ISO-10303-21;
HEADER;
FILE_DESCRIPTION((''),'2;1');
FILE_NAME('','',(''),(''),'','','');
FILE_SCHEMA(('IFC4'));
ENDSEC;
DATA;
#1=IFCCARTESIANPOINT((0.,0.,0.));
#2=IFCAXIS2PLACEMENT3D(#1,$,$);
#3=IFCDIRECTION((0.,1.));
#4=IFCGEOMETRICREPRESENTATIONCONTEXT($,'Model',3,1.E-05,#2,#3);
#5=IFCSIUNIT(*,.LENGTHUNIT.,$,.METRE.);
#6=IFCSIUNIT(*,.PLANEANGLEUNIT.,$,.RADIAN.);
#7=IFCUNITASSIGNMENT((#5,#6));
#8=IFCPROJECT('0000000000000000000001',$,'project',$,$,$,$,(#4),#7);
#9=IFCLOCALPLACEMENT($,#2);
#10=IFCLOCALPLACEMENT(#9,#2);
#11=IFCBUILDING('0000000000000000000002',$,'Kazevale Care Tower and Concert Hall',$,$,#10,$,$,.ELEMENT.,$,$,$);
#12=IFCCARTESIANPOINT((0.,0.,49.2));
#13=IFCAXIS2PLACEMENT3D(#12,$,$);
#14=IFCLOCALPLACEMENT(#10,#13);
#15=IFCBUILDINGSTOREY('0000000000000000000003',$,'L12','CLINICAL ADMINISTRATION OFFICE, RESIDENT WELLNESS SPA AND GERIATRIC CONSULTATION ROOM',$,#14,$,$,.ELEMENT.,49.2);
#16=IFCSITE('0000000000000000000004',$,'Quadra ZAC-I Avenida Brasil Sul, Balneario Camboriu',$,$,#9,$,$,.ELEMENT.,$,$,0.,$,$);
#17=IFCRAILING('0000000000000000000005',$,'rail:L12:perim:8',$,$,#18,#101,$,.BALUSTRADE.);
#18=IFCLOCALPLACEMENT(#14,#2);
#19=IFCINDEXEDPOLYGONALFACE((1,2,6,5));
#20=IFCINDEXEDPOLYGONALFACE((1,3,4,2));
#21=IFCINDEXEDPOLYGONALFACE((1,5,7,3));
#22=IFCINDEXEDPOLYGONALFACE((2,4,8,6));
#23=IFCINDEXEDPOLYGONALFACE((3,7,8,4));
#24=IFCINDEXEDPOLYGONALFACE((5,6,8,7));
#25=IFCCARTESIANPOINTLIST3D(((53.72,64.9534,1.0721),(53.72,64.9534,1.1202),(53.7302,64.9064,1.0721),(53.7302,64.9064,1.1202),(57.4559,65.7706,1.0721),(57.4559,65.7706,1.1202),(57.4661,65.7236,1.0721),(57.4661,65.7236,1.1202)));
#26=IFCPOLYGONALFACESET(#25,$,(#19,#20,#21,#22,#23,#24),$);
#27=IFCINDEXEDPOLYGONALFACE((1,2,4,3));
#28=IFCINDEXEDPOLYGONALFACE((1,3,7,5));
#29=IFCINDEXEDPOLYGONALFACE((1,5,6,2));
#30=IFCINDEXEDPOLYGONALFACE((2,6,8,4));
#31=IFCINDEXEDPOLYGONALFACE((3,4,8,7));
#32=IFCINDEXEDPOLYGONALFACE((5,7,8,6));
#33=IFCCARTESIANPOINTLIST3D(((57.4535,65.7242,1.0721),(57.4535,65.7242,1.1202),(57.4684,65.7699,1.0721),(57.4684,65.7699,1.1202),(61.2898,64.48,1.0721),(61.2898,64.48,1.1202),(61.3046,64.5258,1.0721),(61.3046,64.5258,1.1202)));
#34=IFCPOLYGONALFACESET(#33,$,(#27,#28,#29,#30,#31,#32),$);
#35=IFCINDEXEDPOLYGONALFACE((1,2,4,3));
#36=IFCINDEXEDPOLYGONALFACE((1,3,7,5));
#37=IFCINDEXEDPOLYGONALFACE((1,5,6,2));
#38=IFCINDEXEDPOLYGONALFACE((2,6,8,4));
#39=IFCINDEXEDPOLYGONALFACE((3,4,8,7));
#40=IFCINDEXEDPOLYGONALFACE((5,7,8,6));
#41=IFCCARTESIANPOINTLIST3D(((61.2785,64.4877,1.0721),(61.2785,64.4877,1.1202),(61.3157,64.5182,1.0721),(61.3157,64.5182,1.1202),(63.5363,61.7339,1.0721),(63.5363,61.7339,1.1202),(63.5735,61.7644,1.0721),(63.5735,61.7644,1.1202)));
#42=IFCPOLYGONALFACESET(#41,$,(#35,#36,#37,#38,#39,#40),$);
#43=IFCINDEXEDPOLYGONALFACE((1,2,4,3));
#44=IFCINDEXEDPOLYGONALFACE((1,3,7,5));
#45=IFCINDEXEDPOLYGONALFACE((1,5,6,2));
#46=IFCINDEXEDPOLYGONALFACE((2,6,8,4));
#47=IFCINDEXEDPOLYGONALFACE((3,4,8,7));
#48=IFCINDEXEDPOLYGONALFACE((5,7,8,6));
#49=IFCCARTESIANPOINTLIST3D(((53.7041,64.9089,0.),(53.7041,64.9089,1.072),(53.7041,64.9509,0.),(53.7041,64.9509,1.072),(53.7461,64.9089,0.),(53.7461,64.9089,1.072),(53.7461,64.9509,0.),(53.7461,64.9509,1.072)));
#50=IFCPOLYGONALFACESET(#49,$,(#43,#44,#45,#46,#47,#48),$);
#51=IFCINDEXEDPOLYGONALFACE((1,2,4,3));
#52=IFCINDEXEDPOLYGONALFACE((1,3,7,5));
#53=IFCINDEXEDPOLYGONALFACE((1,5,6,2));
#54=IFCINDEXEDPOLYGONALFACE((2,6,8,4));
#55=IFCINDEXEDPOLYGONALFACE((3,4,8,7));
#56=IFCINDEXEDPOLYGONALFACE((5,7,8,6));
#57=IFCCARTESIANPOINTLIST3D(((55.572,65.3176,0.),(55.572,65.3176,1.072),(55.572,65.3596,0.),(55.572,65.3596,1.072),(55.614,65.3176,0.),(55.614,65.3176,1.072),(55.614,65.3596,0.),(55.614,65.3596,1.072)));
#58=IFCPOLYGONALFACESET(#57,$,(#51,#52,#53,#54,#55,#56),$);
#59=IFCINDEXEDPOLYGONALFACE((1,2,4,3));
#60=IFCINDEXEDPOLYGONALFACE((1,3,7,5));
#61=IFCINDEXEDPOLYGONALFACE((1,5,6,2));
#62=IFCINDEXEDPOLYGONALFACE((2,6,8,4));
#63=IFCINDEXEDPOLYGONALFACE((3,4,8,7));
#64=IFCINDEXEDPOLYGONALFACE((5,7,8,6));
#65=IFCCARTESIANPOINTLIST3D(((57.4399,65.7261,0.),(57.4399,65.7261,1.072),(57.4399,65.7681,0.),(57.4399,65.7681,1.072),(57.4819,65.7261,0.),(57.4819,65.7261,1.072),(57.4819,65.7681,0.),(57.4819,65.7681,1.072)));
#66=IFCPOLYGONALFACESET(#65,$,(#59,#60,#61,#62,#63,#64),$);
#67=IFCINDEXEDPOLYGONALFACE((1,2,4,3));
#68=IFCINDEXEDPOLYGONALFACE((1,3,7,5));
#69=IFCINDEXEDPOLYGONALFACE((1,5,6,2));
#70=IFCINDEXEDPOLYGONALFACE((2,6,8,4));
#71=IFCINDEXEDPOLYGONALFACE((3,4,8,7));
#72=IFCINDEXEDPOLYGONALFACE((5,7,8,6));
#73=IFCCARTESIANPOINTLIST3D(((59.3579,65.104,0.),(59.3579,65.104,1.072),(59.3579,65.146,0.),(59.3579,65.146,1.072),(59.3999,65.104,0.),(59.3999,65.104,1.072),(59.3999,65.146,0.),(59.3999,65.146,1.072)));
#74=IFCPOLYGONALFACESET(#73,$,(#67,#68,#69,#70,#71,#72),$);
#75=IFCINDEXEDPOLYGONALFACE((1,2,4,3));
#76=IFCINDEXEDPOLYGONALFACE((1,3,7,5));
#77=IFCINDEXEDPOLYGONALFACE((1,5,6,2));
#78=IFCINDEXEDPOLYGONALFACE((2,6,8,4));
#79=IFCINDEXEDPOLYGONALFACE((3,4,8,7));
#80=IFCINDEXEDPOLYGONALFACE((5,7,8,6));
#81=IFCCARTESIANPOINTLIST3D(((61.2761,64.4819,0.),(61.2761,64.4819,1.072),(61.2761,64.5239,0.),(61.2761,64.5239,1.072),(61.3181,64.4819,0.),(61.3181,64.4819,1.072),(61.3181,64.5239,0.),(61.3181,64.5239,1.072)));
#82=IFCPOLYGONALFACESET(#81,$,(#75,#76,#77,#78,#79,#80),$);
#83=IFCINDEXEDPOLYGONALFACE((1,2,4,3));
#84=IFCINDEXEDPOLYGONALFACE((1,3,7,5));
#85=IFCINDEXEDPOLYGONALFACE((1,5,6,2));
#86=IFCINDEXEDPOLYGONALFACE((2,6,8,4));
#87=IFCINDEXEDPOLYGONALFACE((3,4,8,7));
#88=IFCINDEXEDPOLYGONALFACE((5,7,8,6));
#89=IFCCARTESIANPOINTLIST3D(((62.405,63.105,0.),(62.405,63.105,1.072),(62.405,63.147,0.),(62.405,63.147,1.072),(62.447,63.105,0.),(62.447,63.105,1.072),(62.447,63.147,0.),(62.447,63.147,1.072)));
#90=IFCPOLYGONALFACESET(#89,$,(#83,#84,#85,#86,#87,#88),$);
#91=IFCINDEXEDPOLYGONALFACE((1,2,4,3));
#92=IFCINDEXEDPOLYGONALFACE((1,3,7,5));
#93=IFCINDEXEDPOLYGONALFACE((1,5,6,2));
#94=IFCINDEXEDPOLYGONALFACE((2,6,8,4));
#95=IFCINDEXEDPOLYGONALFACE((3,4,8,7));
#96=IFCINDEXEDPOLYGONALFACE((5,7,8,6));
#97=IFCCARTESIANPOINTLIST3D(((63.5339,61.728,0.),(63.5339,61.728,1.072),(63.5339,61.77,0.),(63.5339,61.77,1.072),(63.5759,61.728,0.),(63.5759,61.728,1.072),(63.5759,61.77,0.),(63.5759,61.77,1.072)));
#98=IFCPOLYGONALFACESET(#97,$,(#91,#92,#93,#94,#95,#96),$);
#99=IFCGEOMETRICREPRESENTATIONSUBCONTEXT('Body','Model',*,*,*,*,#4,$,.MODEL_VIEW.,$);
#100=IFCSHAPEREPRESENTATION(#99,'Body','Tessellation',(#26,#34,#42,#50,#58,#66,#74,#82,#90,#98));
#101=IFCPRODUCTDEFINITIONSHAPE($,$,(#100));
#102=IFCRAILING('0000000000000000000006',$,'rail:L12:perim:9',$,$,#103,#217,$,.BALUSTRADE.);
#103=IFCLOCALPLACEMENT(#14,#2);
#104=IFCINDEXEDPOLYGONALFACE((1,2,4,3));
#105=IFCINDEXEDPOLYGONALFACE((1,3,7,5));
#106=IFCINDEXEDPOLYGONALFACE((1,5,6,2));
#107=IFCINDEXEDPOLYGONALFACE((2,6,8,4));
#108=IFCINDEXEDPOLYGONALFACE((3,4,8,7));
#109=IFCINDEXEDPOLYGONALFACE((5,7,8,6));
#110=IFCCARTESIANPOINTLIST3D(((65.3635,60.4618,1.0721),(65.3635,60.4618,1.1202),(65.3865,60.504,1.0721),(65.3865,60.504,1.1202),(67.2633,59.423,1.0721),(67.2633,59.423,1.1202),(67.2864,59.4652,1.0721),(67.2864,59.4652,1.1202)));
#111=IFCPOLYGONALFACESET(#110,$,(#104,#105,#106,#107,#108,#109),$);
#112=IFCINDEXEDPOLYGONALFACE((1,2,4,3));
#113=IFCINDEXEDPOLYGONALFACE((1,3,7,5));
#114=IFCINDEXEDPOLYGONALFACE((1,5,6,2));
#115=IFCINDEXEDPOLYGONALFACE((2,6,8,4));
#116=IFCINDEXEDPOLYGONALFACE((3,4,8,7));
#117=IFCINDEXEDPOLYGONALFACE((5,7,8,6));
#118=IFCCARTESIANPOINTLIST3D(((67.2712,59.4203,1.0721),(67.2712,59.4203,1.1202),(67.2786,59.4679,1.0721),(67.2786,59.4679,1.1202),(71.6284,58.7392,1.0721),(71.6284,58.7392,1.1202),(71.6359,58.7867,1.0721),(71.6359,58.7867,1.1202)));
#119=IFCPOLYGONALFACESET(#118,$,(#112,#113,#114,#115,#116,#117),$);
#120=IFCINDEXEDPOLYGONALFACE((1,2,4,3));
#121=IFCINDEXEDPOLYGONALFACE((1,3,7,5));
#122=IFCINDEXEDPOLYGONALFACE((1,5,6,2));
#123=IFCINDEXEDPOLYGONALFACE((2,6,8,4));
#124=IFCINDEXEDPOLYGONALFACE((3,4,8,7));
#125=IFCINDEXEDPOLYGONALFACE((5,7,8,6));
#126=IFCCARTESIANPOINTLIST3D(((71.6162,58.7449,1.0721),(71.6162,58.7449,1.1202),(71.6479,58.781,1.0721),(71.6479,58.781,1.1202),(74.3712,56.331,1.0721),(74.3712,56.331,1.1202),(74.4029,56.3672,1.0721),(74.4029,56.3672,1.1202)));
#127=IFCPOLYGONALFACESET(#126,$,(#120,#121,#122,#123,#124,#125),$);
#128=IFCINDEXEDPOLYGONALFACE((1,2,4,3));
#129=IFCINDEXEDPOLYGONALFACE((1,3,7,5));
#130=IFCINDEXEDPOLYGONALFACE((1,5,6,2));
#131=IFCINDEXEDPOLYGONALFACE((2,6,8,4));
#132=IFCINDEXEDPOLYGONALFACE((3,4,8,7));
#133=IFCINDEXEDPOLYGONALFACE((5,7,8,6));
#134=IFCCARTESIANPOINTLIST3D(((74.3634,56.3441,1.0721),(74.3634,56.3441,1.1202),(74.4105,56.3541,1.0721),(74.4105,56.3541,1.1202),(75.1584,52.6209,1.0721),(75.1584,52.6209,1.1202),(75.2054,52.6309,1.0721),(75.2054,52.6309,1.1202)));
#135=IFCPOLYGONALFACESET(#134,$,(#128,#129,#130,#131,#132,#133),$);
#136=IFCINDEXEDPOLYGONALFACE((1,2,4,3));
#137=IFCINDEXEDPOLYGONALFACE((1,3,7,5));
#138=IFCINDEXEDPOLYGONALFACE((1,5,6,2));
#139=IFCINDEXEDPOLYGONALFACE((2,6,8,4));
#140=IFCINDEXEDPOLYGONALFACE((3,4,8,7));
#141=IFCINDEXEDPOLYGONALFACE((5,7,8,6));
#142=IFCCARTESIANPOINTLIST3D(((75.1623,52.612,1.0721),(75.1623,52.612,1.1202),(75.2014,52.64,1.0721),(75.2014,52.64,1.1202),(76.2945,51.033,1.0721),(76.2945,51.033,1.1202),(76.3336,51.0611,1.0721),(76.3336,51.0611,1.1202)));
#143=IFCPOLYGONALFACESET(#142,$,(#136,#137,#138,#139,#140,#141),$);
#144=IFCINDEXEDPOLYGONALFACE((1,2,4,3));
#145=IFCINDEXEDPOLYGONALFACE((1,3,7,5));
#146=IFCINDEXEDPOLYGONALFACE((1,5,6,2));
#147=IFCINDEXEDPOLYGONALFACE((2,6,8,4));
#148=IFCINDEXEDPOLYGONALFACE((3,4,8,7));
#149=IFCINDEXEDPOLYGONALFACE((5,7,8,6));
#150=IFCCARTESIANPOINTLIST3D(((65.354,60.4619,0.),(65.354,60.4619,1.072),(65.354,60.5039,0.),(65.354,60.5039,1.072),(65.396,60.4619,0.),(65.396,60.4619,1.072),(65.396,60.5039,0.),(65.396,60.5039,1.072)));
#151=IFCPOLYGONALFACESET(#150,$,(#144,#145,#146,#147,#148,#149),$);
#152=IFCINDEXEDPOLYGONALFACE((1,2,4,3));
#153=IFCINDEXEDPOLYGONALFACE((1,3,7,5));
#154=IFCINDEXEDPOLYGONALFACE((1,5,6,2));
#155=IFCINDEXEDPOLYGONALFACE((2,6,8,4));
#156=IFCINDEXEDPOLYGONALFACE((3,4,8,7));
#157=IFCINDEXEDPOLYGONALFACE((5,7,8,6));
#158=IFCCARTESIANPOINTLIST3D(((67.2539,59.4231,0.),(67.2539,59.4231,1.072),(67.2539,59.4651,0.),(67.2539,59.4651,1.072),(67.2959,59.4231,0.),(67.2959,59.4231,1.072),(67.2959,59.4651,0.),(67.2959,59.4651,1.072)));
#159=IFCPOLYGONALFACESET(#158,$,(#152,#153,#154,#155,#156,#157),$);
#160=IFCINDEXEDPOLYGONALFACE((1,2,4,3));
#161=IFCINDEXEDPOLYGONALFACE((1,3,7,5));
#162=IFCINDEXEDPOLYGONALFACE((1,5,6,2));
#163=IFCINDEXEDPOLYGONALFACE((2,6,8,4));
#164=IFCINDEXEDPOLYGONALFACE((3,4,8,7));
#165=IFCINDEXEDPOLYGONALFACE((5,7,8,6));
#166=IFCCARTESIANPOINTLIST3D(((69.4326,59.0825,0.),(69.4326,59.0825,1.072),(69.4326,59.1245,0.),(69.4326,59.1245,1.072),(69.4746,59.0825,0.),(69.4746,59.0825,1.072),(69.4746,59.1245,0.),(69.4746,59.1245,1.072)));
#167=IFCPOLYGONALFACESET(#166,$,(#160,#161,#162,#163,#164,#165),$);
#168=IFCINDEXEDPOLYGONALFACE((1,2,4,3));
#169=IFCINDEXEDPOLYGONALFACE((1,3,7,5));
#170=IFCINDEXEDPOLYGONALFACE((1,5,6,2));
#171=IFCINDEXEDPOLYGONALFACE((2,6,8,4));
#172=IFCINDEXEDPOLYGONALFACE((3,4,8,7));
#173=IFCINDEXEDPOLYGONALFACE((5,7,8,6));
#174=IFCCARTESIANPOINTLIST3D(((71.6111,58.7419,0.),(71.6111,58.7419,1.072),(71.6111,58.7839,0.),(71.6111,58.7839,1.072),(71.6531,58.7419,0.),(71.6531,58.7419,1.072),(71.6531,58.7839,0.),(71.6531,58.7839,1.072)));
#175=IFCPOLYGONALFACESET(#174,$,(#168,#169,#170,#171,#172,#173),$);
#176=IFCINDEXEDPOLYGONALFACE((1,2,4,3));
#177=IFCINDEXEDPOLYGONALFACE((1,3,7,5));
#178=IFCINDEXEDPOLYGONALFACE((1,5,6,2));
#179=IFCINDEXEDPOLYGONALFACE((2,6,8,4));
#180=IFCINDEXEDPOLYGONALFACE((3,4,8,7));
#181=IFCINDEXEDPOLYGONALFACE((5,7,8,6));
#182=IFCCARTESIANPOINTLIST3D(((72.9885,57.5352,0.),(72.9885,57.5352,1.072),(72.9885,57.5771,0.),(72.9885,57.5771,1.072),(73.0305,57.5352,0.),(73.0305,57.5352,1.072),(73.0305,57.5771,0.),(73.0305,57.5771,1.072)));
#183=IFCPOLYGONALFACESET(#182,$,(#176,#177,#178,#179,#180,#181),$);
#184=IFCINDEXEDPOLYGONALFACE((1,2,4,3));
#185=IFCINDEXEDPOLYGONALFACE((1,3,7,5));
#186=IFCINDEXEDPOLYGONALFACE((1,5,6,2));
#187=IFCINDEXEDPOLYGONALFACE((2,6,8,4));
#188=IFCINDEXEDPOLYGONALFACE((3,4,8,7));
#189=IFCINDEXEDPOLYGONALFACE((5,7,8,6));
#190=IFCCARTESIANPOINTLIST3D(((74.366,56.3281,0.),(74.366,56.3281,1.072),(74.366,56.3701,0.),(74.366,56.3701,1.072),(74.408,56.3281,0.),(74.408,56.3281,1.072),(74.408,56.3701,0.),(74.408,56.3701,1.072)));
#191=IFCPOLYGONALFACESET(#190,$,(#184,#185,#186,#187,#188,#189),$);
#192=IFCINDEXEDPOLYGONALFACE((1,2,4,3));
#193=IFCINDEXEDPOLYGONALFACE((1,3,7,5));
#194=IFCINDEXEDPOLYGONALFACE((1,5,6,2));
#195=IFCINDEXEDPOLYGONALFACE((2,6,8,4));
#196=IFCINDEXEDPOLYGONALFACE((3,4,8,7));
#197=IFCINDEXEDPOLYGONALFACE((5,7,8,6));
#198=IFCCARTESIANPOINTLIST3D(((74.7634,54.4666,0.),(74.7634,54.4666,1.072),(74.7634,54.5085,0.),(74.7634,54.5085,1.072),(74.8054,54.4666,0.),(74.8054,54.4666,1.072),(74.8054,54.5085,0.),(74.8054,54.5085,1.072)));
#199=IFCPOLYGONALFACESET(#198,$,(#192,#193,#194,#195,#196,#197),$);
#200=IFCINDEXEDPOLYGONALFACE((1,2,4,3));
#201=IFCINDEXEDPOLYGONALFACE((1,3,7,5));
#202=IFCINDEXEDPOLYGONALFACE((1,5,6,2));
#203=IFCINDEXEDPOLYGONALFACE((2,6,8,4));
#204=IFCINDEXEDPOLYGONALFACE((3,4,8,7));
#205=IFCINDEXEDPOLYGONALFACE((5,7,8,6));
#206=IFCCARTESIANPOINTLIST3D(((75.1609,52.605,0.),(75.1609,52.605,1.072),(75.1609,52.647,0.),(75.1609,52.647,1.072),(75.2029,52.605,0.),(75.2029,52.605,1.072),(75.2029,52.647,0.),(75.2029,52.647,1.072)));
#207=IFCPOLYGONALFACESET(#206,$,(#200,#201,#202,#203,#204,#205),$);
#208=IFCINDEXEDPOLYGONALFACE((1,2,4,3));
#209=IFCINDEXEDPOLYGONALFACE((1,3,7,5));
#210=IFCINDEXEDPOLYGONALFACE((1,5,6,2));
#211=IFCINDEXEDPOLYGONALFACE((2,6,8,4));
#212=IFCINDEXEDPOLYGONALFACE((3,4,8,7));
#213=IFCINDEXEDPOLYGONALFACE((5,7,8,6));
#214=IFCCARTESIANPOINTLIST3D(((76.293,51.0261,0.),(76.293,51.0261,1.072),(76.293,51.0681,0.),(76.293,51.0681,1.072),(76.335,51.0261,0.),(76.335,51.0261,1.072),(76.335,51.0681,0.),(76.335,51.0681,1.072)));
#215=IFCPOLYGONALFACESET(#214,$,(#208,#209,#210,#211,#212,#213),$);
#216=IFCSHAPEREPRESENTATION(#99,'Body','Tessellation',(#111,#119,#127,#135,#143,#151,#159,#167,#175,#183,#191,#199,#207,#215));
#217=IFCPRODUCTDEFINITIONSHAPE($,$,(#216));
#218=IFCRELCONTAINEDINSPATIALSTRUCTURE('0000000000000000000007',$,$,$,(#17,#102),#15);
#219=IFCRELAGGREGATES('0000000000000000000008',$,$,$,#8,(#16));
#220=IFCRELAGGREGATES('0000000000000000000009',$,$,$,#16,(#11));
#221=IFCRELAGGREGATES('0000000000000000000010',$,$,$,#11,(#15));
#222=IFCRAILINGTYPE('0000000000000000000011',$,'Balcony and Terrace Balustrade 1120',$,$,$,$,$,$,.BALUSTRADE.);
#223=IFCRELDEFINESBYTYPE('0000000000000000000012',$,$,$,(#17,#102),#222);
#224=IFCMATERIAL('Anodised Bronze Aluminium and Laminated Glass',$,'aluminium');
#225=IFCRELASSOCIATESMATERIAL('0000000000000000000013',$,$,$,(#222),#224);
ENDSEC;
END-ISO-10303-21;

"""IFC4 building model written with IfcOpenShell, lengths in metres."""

from ifc_helpers import new_model, si_unit, direction, frame, origin, origin_2d, place, context, subcontext, project, spatial, rectangle, extrude, material, type_object, element, save


model = new_model("IFC4")

# Units and contexts
model_context = context("Model", 3, precision=1e-05, world=origin(), true_north=direction((0.0, 1.0)))
body_context = subcontext(model_context, "Body", "Model", "MODEL_VIEW")
ifc_project = project(units=[si_unit("LENGTHUNIT", "METRE"), si_unit("PLANEANGLEUNIT", "RADIAN")], contexts=[model_context])

# Site, building, storey
site_placement = place(None, origin())
site = spatial("IfcSite", under=ifc_project, at=site_placement, Name="Quadra ZAC-I Avenida Brasil Sul, Balneario Camboriu", CompositionType="ELEMENT", RefElevation=0.0)
building_placement = place(site_placement, origin())
building = spatial("IfcBuilding", under=site, at=building_placement, Name="Kazevale Care Tower and Concert Hall", CompositionType="ELEMENT")
storey_placement = place(building_placement, frame((0.0, 0.0, 49.2)))
storey = spatial("IfcBuildingStorey", under=building, at=storey_placement, Name="L12", Description="CLINICAL ADMINISTRATION OFFICE, RESIDENT WELLNESS SPA AND GERIATRIC CONSULTATION ROOM", CompositionType="ELEMENT", Elevation=49.2)

# Railings
ifc_material_1 = material(Name="Anodised Bronze Aluminium and Laminated Glass", Category="aluminium")
railing_type = type_object("IfcRailingType", Name="Balcony and Terrace Balustrade 1120", PredefinedType="BALUSTRADE", material=ifc_material_1)
railing_1_placement = place(storey_placement, frame((53.7251, 64.9299, 0.0)))
element("IfcRailing", 1, at=railing_1_placement, inside=storey, type_object=railing_type, Name="rail:L12:perim:8", PredefinedType="BALUSTRADE", context=body_context, shape_type="SweptSolid", body=[
    extrude(rectangle(XDim=0.0481, YDim=0.0481, at=origin_2d()), frame((0.0, 0.0, 1.0962), z_axis=(0.976904, 0.213678, 0.0), x_axis=(-0.213678, 0.976904, 0.0)), (0.0, 0.0, 1.0), 3.8242),
    extrude(rectangle(XDim=0.0481, YDim=0.0481, at=origin_2d()), frame((3.7358, 0.8171, 1.0962), z_axis=(0.951225, -0.308499, 0.0), x_axis=(0.308499, 0.951225, 0.0)), (0.0, 0.0, 1.0), 4.033),
    extrude(rectangle(XDim=0.0481, YDim=0.0481, at=origin_2d()), frame((7.572, -0.427, 1.0962), z_axis=(0.634014, -0.773322, 0.0), x_axis=(0.773322, 0.634014, 0.0)), (0.0, 0.0, 1.0), 3.561),
    extrude(rectangle(XDim=0.042, YDim=0.042, at=origin_2d()), origin(), (0.0, 0.0, 1.0), 1.072),
    extrude(rectangle(XDim=0.042, YDim=0.042, at=origin_2d()), frame((1.8679, 0.4087, 0.0)), (0.0, 0.0, 1.0), 1.072),
    extrude(rectangle(XDim=0.042, YDim=0.042, at=origin_2d()), frame((3.7358, 0.8171, 0.0)), (0.0, 0.0, 1.0), 1.072),
    extrude(rectangle(XDim=0.042, YDim=0.042, at=origin_2d()), frame((5.6538, 0.1951, 0.0)), (0.0, 0.0, 1.0), 1.072),
    extrude(rectangle(XDim=0.042, YDim=0.042, at=origin_2d()), frame((7.572, -0.427, 0.0)), (0.0, 0.0, 1.0), 1.072),
    extrude(rectangle(XDim=0.042, YDim=0.042, at=origin_2d()), frame((8.7009, -1.804, 0.0)), (0.0, 0.0, 1.0), 1.072),
    extrude(rectangle(XDim=0.042, YDim=0.042, at=origin_2d()), frame((9.8298, -3.1809, 0.0)), (0.0, 0.0, 1.0), 1.072),
])
railing_2_placement = place(storey_placement, frame((65.375, 60.4829, 0.0)))
element("IfcRailing", 2, at=railing_2_placement, inside=storey, type_object=railing_type, Name="rail:L12:perim:9", PredefinedType="BALUSTRADE", context=body_context, shape_type="SweptSolid", body=[
    extrude(rectangle(XDim=0.0481, YDim=0.0481, at=origin_2d()), frame((0.0, 0.0, 1.0962), z_axis=(0.877408, -0.479745, 0.0), x_axis=(0.479745, 0.877408, 0.0)), (0.0, 0.0, 1.0), 2.1653),
    extrude(rectangle(XDim=0.0481, YDim=0.0481, at=origin_2d()), frame((1.8999, -1.0388, 1.0962), z_axis=(0.988, -0.154453, 0.0), x_axis=(0.154453, 0.988, 0.0)), (0.0, 0.0, 1.0), 4.4102),
    extrude(rectangle(XDim=0.0481, YDim=0.0481, at=origin_2d()), frame((6.2571, -1.72, 1.0962), z_axis=(0.752131, -0.659014, 0.0), x_axis=(0.659014, 0.752131, 0.0)), (0.0, 0.0, 1.0), 3.6628),
    extrude(rectangle(XDim=0.0481, YDim=0.0481, at=origin_2d()), frame((9.012, -4.1338, 1.0962), z_axis=(0.208802, -0.977958, 0.0), x_axis=(0.977958, 0.208802, 0.0)), (0.0, 0.0, 1.0), 3.8071),
    extrude(rectangle(XDim=0.0481, YDim=0.0481, at=origin_2d()), frame((9.8069, -7.8569, 1.0962), z_axis=(0.582711, -0.812679, 0.0), x_axis=(0.812679, 0.582711, 0.0)), (0.0, 0.0, 1.0), 1.9429),
    extrude(rectangle(XDim=0.042, YDim=0.042, at=origin_2d()), origin(), (0.0, 0.0, 1.0), 1.072),
    extrude(rectangle(XDim=0.042, YDim=0.042, at=origin_2d()), frame((1.8999, -1.0388, 0.0)), (0.0, 0.0, 1.0), 1.072),
    extrude(rectangle(XDim=0.042, YDim=0.042, at=origin_2d()), frame((4.0786, -1.3794, 0.0)), (0.0, 0.0, 1.0), 1.072),
    extrude(rectangle(XDim=0.042, YDim=0.042, at=origin_2d()), frame((6.2571, -1.72, 0.0)), (0.0, 0.0, 1.0), 1.072),
    extrude(rectangle(XDim=0.042, YDim=0.042, at=origin_2d()), frame((7.6345, -2.9268, 0.0)), (0.0, 0.0, 1.0), 1.072),
    extrude(rectangle(XDim=0.042, YDim=0.042, at=origin_2d()), frame((9.012, -4.1338, 0.0)), (0.0, 0.0, 1.0), 1.072),
    extrude(rectangle(XDim=0.042, YDim=0.042, at=origin_2d()), frame((9.4094, -5.9954, 0.0)), (0.0, 0.0, 1.0), 1.072),
    extrude(rectangle(XDim=0.042, YDim=0.042, at=origin_2d()), frame((9.8069, -7.8569, 0.0)), (0.0, 0.0, 1.0), 1.072),
    extrude(rectangle(XDim=0.042, YDim=0.042, at=origin_2d()), frame((10.939, -9.4358, 0.0)), (0.0, 0.0, 1.0), 1.072),
])

save(model, "model.ifc")
